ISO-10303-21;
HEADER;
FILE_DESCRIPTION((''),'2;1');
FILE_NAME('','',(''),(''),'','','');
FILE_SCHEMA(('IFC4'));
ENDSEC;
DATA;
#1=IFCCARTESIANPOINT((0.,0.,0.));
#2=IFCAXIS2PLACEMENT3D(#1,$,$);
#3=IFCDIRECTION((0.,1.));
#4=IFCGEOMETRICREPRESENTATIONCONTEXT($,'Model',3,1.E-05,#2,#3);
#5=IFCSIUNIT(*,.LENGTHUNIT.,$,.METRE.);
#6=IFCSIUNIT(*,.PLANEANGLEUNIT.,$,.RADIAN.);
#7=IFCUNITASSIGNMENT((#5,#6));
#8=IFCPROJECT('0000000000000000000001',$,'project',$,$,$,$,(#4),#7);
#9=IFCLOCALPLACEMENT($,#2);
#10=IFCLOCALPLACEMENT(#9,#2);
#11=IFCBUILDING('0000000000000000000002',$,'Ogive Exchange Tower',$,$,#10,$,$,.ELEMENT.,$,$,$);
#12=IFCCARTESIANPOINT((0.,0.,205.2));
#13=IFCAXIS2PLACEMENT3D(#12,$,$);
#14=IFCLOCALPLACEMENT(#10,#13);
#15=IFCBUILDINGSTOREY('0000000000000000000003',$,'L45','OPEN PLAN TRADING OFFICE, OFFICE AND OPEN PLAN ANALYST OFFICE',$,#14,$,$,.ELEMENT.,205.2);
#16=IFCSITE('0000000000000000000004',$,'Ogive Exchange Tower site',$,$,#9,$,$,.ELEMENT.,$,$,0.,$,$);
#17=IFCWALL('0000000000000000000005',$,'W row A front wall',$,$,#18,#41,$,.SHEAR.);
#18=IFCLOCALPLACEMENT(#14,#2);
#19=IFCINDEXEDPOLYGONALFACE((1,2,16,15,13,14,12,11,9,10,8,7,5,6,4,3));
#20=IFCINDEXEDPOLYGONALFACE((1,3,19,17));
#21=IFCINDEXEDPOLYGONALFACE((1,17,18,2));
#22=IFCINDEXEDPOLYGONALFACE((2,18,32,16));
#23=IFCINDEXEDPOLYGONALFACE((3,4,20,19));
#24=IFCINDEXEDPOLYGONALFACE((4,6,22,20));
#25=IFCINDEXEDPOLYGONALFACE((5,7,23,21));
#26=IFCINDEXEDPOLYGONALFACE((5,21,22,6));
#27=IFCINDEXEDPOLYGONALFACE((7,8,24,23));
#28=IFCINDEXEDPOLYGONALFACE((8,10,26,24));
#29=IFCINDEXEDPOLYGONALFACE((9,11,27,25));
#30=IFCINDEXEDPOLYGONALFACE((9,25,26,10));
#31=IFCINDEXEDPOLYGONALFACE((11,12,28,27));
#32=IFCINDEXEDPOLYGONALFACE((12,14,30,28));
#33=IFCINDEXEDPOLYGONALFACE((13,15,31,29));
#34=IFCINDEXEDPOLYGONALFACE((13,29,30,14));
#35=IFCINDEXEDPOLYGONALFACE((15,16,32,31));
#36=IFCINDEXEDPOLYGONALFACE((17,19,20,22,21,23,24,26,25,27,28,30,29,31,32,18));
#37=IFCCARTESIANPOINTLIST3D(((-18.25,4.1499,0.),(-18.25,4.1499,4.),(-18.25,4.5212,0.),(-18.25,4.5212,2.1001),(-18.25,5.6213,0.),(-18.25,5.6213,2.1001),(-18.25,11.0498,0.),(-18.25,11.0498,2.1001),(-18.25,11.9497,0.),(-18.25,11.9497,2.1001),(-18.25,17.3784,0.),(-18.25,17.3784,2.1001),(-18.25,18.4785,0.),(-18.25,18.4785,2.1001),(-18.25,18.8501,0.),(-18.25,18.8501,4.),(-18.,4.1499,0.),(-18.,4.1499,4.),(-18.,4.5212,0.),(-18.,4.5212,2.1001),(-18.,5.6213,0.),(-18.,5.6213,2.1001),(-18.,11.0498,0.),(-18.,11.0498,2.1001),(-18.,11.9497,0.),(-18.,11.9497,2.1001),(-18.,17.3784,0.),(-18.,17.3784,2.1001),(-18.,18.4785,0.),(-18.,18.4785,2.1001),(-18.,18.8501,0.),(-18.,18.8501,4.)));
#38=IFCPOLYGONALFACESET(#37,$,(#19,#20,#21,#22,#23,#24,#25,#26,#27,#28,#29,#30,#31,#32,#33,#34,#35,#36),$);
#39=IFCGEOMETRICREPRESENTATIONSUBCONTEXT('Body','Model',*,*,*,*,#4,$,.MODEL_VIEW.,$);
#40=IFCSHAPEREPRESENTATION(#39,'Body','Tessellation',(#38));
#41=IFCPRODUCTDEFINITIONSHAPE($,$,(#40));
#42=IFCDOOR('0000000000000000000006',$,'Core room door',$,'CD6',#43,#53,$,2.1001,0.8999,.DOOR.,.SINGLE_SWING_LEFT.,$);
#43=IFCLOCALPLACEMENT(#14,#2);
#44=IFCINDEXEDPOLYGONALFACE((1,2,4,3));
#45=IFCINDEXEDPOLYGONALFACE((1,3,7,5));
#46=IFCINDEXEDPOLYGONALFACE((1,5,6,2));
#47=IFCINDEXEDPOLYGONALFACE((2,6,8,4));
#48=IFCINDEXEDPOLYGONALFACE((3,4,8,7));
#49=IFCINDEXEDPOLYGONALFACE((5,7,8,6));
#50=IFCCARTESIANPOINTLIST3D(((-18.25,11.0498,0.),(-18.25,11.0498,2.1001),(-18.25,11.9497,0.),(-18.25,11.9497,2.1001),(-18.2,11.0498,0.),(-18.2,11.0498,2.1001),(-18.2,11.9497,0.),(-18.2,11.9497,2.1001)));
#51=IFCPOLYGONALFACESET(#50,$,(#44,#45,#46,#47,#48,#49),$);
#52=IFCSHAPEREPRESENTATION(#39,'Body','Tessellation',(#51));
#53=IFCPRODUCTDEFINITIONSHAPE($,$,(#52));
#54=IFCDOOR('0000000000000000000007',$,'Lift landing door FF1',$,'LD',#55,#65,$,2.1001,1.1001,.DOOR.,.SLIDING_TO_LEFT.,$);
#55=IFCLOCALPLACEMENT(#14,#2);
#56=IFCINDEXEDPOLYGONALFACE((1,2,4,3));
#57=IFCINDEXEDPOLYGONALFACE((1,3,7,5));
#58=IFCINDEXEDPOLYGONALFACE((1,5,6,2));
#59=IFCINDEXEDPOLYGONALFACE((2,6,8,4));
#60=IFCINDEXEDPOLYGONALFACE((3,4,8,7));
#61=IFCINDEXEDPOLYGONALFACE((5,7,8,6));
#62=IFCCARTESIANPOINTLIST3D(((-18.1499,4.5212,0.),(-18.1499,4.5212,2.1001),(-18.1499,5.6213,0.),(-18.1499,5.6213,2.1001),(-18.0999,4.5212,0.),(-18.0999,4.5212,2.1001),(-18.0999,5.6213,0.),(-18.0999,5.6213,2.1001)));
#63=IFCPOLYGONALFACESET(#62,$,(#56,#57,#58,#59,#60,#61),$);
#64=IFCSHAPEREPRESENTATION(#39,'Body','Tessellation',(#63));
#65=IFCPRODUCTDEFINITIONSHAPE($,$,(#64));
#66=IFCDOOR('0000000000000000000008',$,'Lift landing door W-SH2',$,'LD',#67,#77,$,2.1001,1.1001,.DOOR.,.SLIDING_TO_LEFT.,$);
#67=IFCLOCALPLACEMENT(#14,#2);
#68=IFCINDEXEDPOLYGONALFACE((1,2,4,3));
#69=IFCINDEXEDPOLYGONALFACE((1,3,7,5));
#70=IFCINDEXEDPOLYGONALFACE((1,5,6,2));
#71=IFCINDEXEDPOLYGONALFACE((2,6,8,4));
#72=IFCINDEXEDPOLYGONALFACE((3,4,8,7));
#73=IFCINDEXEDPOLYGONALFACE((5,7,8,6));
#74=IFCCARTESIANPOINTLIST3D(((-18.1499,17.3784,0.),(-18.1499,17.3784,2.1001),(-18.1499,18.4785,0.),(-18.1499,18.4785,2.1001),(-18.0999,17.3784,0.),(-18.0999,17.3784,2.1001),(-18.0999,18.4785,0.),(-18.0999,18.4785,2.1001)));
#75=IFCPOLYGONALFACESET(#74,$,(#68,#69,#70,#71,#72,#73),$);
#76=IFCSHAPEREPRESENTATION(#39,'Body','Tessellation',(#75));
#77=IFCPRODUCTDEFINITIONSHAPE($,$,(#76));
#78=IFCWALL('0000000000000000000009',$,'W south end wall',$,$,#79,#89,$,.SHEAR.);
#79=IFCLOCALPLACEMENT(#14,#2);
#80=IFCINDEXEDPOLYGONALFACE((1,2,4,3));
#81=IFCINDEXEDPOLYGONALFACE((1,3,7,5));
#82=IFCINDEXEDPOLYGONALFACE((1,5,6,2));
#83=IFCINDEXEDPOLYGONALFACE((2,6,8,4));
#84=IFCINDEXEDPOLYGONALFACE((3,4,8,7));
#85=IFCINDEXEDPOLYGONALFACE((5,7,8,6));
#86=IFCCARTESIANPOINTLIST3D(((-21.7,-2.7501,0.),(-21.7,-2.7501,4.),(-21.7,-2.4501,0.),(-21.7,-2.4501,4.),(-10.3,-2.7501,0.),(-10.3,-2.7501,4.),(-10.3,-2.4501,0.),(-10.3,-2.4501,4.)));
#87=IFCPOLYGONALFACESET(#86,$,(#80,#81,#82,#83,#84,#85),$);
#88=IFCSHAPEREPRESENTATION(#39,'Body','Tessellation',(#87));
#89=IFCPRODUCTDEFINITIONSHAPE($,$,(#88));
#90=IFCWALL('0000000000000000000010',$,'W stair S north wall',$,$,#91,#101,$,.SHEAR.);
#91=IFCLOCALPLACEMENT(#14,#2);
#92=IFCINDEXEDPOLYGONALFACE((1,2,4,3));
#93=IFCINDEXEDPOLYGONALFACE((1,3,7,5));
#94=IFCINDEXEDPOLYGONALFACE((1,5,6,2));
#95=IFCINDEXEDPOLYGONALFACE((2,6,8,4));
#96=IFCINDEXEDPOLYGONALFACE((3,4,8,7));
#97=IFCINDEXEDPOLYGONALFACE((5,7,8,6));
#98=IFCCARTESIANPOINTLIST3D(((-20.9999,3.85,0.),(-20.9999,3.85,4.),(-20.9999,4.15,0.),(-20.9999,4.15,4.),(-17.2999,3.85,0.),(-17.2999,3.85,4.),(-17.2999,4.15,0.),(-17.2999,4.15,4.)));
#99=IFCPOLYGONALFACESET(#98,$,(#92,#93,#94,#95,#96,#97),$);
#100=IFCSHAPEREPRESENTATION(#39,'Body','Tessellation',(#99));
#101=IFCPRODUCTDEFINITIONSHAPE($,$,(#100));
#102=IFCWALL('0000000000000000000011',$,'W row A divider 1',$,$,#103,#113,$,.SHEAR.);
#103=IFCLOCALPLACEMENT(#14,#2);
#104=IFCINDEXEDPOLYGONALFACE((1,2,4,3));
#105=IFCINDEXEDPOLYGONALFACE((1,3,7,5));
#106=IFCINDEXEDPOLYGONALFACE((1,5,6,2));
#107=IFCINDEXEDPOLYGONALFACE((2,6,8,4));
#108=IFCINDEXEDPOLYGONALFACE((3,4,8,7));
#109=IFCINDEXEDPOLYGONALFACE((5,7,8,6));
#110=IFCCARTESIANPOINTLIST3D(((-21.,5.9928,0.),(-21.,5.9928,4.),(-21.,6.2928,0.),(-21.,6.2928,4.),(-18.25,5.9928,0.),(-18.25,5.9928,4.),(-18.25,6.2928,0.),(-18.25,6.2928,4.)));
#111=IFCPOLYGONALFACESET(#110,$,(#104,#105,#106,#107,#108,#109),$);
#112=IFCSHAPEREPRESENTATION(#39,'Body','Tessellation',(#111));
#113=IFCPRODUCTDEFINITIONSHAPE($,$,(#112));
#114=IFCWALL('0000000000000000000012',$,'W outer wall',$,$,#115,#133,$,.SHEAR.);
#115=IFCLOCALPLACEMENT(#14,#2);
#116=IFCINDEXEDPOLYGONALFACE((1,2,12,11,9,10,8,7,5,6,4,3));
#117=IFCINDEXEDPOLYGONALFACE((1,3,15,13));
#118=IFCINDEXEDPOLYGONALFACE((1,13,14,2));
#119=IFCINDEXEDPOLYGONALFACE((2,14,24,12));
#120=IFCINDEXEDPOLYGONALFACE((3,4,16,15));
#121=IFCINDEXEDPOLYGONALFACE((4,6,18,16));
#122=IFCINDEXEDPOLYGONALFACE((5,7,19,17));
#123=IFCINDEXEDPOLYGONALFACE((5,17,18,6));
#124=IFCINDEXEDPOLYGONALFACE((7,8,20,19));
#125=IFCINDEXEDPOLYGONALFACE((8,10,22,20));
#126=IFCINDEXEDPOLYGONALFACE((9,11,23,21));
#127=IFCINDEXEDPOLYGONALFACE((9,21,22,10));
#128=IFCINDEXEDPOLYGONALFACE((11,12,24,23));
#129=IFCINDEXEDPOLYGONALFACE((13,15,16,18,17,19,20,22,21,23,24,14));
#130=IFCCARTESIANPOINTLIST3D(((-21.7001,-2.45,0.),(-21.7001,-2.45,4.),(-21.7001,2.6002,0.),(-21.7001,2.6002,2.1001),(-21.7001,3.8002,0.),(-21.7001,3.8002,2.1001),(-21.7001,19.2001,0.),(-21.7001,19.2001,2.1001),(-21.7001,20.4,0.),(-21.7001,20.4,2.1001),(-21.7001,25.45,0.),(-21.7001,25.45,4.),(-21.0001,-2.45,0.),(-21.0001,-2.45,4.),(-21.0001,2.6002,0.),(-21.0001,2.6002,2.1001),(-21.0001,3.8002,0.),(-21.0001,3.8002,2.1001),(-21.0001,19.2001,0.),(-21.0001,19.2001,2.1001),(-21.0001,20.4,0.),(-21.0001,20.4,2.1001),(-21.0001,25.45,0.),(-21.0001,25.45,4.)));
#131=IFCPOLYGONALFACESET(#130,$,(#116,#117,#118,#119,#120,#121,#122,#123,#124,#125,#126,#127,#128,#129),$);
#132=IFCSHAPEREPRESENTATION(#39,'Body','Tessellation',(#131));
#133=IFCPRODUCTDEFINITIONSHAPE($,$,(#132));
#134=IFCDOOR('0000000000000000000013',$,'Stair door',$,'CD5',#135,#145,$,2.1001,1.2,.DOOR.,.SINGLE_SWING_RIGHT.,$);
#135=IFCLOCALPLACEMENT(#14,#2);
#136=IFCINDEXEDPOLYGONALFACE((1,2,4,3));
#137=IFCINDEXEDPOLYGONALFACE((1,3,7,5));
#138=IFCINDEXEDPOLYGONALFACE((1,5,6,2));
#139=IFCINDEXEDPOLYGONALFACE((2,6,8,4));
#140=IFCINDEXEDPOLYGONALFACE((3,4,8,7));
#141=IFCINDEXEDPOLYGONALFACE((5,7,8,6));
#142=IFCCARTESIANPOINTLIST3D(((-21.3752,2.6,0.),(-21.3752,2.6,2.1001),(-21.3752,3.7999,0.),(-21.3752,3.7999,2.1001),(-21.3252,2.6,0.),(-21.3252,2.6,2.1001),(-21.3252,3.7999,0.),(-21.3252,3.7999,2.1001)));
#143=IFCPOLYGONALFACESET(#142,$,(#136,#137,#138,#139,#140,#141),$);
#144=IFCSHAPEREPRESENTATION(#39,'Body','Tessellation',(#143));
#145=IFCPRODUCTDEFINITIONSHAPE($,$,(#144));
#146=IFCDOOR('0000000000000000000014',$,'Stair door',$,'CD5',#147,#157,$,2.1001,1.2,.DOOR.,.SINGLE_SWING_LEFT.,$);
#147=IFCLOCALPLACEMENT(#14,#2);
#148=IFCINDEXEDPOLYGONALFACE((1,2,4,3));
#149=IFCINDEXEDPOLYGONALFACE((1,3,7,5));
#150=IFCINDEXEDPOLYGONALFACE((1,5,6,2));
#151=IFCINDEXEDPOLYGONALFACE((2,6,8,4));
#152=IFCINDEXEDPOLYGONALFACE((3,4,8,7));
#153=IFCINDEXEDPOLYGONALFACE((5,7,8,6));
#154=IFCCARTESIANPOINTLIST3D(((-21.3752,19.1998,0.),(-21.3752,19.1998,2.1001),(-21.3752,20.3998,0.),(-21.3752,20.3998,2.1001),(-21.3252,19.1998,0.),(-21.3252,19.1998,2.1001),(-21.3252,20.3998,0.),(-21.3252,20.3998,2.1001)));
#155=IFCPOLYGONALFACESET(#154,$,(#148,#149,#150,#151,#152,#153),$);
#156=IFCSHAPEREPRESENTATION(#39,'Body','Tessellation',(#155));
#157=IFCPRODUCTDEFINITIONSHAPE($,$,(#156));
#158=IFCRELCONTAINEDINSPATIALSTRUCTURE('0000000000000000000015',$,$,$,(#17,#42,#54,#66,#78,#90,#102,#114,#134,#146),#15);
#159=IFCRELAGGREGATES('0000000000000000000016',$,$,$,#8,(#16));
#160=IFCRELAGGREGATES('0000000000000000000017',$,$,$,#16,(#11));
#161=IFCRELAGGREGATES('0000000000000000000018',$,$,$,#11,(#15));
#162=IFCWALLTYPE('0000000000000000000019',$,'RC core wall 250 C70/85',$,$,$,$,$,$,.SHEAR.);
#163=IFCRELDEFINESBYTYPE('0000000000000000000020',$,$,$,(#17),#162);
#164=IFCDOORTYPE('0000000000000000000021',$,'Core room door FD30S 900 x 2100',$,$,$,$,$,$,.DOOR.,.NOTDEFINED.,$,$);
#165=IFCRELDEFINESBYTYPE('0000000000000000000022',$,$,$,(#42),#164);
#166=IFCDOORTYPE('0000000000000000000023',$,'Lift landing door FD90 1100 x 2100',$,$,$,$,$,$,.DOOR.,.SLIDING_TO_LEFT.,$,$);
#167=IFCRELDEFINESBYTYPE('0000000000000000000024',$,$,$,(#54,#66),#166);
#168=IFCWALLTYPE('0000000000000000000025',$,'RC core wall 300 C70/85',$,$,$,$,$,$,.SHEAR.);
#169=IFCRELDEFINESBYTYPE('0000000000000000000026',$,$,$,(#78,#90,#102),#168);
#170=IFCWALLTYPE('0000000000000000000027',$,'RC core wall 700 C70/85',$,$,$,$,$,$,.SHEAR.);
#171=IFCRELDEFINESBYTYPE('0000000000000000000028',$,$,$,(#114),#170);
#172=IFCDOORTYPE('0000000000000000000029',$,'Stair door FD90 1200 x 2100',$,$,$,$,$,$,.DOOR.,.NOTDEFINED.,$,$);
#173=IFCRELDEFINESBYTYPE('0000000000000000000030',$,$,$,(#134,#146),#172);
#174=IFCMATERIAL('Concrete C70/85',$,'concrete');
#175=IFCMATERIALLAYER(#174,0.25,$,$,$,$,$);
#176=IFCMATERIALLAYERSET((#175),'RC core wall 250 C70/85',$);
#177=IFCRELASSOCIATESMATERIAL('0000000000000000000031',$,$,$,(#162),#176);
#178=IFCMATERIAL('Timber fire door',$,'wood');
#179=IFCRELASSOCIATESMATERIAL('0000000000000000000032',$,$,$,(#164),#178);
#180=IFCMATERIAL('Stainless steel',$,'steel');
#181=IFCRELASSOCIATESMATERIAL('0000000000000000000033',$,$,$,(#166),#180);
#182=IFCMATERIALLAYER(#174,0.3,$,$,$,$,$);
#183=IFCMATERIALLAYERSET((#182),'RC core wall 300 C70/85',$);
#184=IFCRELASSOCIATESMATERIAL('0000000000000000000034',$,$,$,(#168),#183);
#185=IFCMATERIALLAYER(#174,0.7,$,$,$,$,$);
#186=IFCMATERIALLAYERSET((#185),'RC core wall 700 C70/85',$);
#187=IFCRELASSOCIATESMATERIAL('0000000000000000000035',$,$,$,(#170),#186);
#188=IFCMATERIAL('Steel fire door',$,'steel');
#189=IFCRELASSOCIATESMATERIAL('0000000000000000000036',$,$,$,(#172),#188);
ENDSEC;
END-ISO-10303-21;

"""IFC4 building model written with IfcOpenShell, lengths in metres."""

from ifc_helpers import new_model, si_unit, direction, frame, frame_2d, origin, place, context, subcontext, project, spatial, rectangle, extrude, material, layer, layer_set, type_object, element, fill, save


model = new_model("IFC4")

# Units and contexts
model_context = context("Model", 3, precision=1e-05, world=origin(), true_north=direction((0.0, 1.0)))
body_context = subcontext(model_context, "Body", "Model", "MODEL_VIEW")
ifc_project = project(units=[si_unit("LENGTHUNIT", "METRE"), si_unit("PLANEANGLEUNIT", "RADIAN")], contexts=[model_context])

# Site, building, storey
site_placement = place(None, origin())
site = spatial("IfcSite", under=ifc_project, at=site_placement, Name="Ogive Exchange Tower site", CompositionType="ELEMENT", RefElevation=0.0)
building_placement = place(site_placement, origin())
building = spatial("IfcBuilding", under=site, at=building_placement, Name="Ogive Exchange Tower", CompositionType="ELEMENT")
storey_placement = place(building_placement, frame((0.0, 0.0, 205.2)))
storey = spatial("IfcBuildingStorey", under=building, at=storey_placement, Name="L45", Description="OPEN PLAN TRADING OFFICE, OFFICE AND OPEN PLAN ANALYST OFFICE", CompositionType="ELEMENT", Elevation=205.2)

# Shared definitions
ifc_material_1 = material(Name="Concrete C70/85", Category="concrete")
ifc_material_2 = material(Name="Steel fire door", Category="steel")

# Wall, openings, doors
ifc_layer_1 = layer(ifc_material_1, 0.25)
ifc_layer_set_1 = layer_set([ifc_layer_1], Name="RC core wall 250 C70/85")
wall_type_1 = type_object("IfcWallType", Name="RC core wall 250 C70/85", PredefinedType="SHEAR", material=ifc_layer_set_1)
wall_1_placement = place(storey_placement, frame((-18.125, 4.1499, 0.0), z_axis=(0.0, 0.0, 1.0), x_axis=(0.0, 1.0, 0.0)))
wall_1 = element("IfcWall", 1, at=wall_1_placement, inside=storey, type_object=wall_type_1, Name="W row A front wall", PredefinedType="SHEAR", context=body_context, shape_type="SweptSolid", body=[
    extrude(rectangle(XDim=14.7002, YDim=0.25, at=frame_2d((7.3501, 0.0))), origin(), (0.0, 0.0, 1.0), 4.0),
])
opening_1_placement = place(wall_1_placement, frame((6.8999, 0.0, 0.0)))
opening_1 = element("IfcOpeningElement", 2, at=opening_1_placement, cuts=wall_1, PredefinedType="OPENING", context=body_context, shape_type="SweptSolid", body=[
    extrude(rectangle(XDim=0.8999, YDim=2.1001, at=frame_2d((0.45, 1.05))), frame((0.0, 0.135, 0.0), z_axis=(0.0, -1.0, 0.0), x_axis=(1.0, 0.0, 0.0)), (0.0, 0.0, 1.0), 0.27),
])
opening_2_placement = place(wall_1_placement, frame((0.3713, 0.0, 0.0)))
opening_2 = element("IfcOpeningElement", 3, at=opening_2_placement, cuts=wall_1, PredefinedType="OPENING", context=body_context, shape_type="SweptSolid", body=[
    extrude(rectangle(XDim=1.1001, YDim=2.1001, at=frame_2d((0.55, 1.05))), frame((0.0, 0.135, 0.0), z_axis=(0.0, -1.0, 0.0), x_axis=(1.0, 0.0, 0.0)), (0.0, 0.0, 1.0), 0.27),
])
opening_3_placement = place(wall_1_placement, frame((13.2285, 0.0, 0.0)))
opening_3 = element("IfcOpeningElement", 4, at=opening_3_placement, cuts=wall_1, PredefinedType="OPENING", context=body_context, shape_type="SweptSolid", body=[
    extrude(rectangle(XDim=1.1001, YDim=2.1001, at=frame_2d((0.55, 1.05))), frame((0.0, 0.135, 0.0), z_axis=(0.0, -1.0, 0.0), x_axis=(1.0, 0.0, 0.0)), (0.0, 0.0, 1.0), 0.27),
])
ifc_material_3 = material(Name="Timber fire door", Category="wood")
door_type_1 = type_object("IfcDoorType", Name="Core room door FD30S 900 x 2100", OperationType="NOTDEFINED", PredefinedType="DOOR", material=ifc_material_3)
door_1_placement = place(opening_1_placement, origin())
door_1 = element("IfcDoor", 5, at=door_1_placement, inside=storey, type_object=door_type_1, Name="Core room door", ObjectType="CD6", OperationType="SINGLE_SWING_LEFT", OverallHeight=2.1001, OverallWidth=0.8999, PredefinedType="DOOR", context=body_context, shape_type="SweptSolid", body=[
    extrude(rectangle(XDim=0.8999, YDim=2.1001, at=frame_2d((0.45, 1.05))), frame((0.0, 0.125, 0.0), z_axis=(0.0, -1.0, 0.0), x_axis=(1.0, 0.0, 0.0)), (0.0, 0.0, 1.0), 0.05),
])
fill(opening_1, door_1)
ifc_material_4 = material(Name="Stainless steel", Category="steel")
door_type_2 = type_object("IfcDoorType", Name="Lift landing door FD90 1100 x 2100", OperationType="SLIDING_TO_LEFT", PredefinedType="DOOR", material=ifc_material_4)
door_2_placement = place(opening_2_placement, origin())
door_2 = element("IfcDoor", 6, at=door_2_placement, inside=storey, type_object=door_type_2, Name="Lift landing door FF1", ObjectType="LD", OperationType="SLIDING_TO_LEFT", OverallHeight=2.1001, OverallWidth=1.1001, PredefinedType="DOOR", context=body_context, shape_type="SweptSolid", body=[
    extrude(rectangle(XDim=1.1001, YDim=2.1001, at=frame_2d((0.55, 1.05))), frame((0.0, 0.0249, 0.0), z_axis=(0.0, -1.0, 0.0), x_axis=(1.0, 0.0, 0.0)), (0.0, 0.0, 1.0), 0.05),
])
fill(opening_2, door_2)
door_3_placement = place(opening_3_placement, origin())
door_3 = element("IfcDoor", 7, at=door_3_placement, inside=storey, type_object=door_type_2, Name="Lift landing door W-SH2", ObjectType="LD", OperationType="SLIDING_TO_LEFT", OverallHeight=2.1001, OverallWidth=1.1001, PredefinedType="DOOR", context=body_context, shape_type="SweptSolid", body=[
    extrude(rectangle(XDim=1.1001, YDim=2.1001, at=frame_2d((0.55, 1.05))), frame((0.0, 0.0249, 0.0), z_axis=(0.0, -1.0, 0.0), x_axis=(1.0, 0.0, 0.0)), (0.0, 0.0, 1.0), 0.05),
])
fill(opening_3, door_3)

# Walls
ifc_layer_2 = layer(ifc_material_1, 0.3)
ifc_layer_set_2 = layer_set([ifc_layer_2], Name="RC core wall 300 C70/85")
wall_type_2 = type_object("IfcWallType", Name="RC core wall 300 C70/85", PredefinedType="SHEAR", material=ifc_layer_set_2)
wall_2_placement = place(storey_placement, frame((-21.7, -2.6001, 0.0), z_axis=(0.0, 0.0, 1.0), x_axis=(1.0, 0.0, 0.0)))
element("IfcWall", 8, at=wall_2_placement, inside=storey, type_object=wall_type_2, Name="W south end wall", PredefinedType="SHEAR", context=body_context, shape_type="SweptSolid", body=[
    extrude(rectangle(XDim=11.3999, YDim=0.3, at=frame_2d((5.7, 0.0))), origin(), (0.0, 0.0, 1.0), 4.0),
])
wall_3_placement = place(storey_placement, frame((-21.0, 4.0, 0.0), z_axis=(0.0, 0.0, 1.0), x_axis=(1.0, 0.0, 0.0)))
element("IfcWall", 9, at=wall_3_placement, inside=storey, type_object=wall_type_2, Name="W stair S north wall", PredefinedType="SHEAR", context=body_context, shape_type="SweptSolid", body=[
    extrude(rectangle(XDim=3.7, YDim=0.3, at=frame_2d((1.8501, 0.0))), origin(), (0.0, 0.0, 1.0), 4.0),
])
wall_4_placement = place(storey_placement, frame((-21.0, 6.1428, 0.0), z_axis=(0.0, 0.0, 1.0), x_axis=(1.0, 0.0, 0.0)))
element("IfcWall", 10, at=wall_4_placement, inside=storey, type_object=wall_type_2, Name="W row A divider 1", PredefinedType="SHEAR", context=body_context, shape_type="SweptSolid", body=[
    extrude(rectangle(XDim=2.75, YDim=0.3, at=frame_2d((1.375, 0.0))), origin(), (0.0, 0.0, 1.0), 4.0),
])

# Wall, openings, doors
ifc_layer_3 = layer(ifc_material_1, 0.7)
ifc_layer_set_3 = layer_set([ifc_layer_3], Name="RC core wall 700 C70/85")
wall_type_3 = type_object("IfcWallType", Name="RC core wall 700 C70/85", PredefinedType="SHEAR", material=ifc_layer_set_3)
wall_5_placement = place(storey_placement, frame((-21.3501, -2.45, 0.0), z_axis=(0.0, 0.0, 1.0), x_axis=(0.0, 1.0, 0.0)))
wall_5 = element("IfcWall", 11, at=wall_5_placement, inside=storey, type_object=wall_type_3, Name="W outer wall", PredefinedType="SHEAR", context=body_context, shape_type="SweptSolid", body=[
    extrude(rectangle(XDim=27.8999, YDim=0.7, at=frame_2d((13.95, 0.0))), origin(), (0.0, 0.0, 1.0), 4.0),
])
opening_4_placement = place(wall_5_placement, frame((5.05, 0.0, 0.0)))
opening_4 = element("IfcOpeningElement", 12, at=opening_4_placement, cuts=wall_5, PredefinedType="OPENING", context=body_context, shape_type="SweptSolid", body=[
    extrude(rectangle(XDim=1.2, YDim=2.1001, at=frame_2d((0.6001, 1.05))), frame((0.0, 0.3599, 0.0), z_axis=(0.0, -1.0, 0.0), x_axis=(1.0, 0.0, 0.0)), (0.0, 0.0, 1.0), 0.72),
])
opening_5_placement = place(wall_5_placement, frame((21.6499, 0.0, 0.0)))
opening_5 = element("IfcOpeningElement", 13, at=opening_5_placement, cuts=wall_5, PredefinedType="OPENING", context=body_context, shape_type="SweptSolid", body=[
    extrude(rectangle(XDim=1.2, YDim=2.1001, at=frame_2d((0.6001, 1.05))), frame((0.0, 0.3599, 0.0), z_axis=(0.0, -1.0, 0.0), x_axis=(1.0, 0.0, 0.0)), (0.0, 0.0, 1.0), 0.72),
])
door_type_3 = type_object("IfcDoorType", Name="Stair door FD90 1200 x 2100", OperationType="NOTDEFINED", PredefinedType="DOOR", material=ifc_material_2)
door_4_placement = place(opening_4_placement, frame((1.2, 0.0, 0.0), z_axis=(0.0, 0.0, 1.0), x_axis=(-1.0, 0.0, 0.0)))
door_4 = element("IfcDoor", 14, at=door_4_placement, inside=storey, type_object=door_type_3, Name="Stair door", ObjectType="CD5", OperationType="SINGLE_SWING_RIGHT", OverallHeight=2.1001, OverallWidth=1.2, PredefinedType="DOOR", context=body_context, shape_type="SweptSolid", body=[
    extrude(rectangle(XDim=1.2, YDim=2.1001, at=frame_2d((0.6001, 1.05))), frame((0.0, 0.0249, 0.0), z_axis=(0.0, -1.0, 0.0), x_axis=(1.0, 0.0, 0.0)), (0.0, 0.0, 1.0), 0.05),
])
fill(opening_4, door_4)
door_5_placement = place(opening_5_placement, frame((1.2, 0.0, 0.0), z_axis=(0.0, 0.0, 1.0), x_axis=(-1.0, 0.0, 0.0)))
door_5 = element("IfcDoor", 15, at=door_5_placement, inside=storey, type_object=door_type_3, Name="Stair door", ObjectType="CD5", OperationType="SINGLE_SWING_LEFT", OverallHeight=2.1001, OverallWidth=1.2, PredefinedType="DOOR", context=body_context, shape_type="SweptSolid", body=[
    extrude(rectangle(XDim=1.2, YDim=2.1001, at=frame_2d((0.6001, 1.05))), frame((0.0, 0.0249, 0.0), z_axis=(0.0, -1.0, 0.0), x_axis=(1.0, 0.0, 0.0)), (0.0, 0.0, 1.0), 0.05),
])
fill(opening_5, door_5)

save(model, "model.ifc")
